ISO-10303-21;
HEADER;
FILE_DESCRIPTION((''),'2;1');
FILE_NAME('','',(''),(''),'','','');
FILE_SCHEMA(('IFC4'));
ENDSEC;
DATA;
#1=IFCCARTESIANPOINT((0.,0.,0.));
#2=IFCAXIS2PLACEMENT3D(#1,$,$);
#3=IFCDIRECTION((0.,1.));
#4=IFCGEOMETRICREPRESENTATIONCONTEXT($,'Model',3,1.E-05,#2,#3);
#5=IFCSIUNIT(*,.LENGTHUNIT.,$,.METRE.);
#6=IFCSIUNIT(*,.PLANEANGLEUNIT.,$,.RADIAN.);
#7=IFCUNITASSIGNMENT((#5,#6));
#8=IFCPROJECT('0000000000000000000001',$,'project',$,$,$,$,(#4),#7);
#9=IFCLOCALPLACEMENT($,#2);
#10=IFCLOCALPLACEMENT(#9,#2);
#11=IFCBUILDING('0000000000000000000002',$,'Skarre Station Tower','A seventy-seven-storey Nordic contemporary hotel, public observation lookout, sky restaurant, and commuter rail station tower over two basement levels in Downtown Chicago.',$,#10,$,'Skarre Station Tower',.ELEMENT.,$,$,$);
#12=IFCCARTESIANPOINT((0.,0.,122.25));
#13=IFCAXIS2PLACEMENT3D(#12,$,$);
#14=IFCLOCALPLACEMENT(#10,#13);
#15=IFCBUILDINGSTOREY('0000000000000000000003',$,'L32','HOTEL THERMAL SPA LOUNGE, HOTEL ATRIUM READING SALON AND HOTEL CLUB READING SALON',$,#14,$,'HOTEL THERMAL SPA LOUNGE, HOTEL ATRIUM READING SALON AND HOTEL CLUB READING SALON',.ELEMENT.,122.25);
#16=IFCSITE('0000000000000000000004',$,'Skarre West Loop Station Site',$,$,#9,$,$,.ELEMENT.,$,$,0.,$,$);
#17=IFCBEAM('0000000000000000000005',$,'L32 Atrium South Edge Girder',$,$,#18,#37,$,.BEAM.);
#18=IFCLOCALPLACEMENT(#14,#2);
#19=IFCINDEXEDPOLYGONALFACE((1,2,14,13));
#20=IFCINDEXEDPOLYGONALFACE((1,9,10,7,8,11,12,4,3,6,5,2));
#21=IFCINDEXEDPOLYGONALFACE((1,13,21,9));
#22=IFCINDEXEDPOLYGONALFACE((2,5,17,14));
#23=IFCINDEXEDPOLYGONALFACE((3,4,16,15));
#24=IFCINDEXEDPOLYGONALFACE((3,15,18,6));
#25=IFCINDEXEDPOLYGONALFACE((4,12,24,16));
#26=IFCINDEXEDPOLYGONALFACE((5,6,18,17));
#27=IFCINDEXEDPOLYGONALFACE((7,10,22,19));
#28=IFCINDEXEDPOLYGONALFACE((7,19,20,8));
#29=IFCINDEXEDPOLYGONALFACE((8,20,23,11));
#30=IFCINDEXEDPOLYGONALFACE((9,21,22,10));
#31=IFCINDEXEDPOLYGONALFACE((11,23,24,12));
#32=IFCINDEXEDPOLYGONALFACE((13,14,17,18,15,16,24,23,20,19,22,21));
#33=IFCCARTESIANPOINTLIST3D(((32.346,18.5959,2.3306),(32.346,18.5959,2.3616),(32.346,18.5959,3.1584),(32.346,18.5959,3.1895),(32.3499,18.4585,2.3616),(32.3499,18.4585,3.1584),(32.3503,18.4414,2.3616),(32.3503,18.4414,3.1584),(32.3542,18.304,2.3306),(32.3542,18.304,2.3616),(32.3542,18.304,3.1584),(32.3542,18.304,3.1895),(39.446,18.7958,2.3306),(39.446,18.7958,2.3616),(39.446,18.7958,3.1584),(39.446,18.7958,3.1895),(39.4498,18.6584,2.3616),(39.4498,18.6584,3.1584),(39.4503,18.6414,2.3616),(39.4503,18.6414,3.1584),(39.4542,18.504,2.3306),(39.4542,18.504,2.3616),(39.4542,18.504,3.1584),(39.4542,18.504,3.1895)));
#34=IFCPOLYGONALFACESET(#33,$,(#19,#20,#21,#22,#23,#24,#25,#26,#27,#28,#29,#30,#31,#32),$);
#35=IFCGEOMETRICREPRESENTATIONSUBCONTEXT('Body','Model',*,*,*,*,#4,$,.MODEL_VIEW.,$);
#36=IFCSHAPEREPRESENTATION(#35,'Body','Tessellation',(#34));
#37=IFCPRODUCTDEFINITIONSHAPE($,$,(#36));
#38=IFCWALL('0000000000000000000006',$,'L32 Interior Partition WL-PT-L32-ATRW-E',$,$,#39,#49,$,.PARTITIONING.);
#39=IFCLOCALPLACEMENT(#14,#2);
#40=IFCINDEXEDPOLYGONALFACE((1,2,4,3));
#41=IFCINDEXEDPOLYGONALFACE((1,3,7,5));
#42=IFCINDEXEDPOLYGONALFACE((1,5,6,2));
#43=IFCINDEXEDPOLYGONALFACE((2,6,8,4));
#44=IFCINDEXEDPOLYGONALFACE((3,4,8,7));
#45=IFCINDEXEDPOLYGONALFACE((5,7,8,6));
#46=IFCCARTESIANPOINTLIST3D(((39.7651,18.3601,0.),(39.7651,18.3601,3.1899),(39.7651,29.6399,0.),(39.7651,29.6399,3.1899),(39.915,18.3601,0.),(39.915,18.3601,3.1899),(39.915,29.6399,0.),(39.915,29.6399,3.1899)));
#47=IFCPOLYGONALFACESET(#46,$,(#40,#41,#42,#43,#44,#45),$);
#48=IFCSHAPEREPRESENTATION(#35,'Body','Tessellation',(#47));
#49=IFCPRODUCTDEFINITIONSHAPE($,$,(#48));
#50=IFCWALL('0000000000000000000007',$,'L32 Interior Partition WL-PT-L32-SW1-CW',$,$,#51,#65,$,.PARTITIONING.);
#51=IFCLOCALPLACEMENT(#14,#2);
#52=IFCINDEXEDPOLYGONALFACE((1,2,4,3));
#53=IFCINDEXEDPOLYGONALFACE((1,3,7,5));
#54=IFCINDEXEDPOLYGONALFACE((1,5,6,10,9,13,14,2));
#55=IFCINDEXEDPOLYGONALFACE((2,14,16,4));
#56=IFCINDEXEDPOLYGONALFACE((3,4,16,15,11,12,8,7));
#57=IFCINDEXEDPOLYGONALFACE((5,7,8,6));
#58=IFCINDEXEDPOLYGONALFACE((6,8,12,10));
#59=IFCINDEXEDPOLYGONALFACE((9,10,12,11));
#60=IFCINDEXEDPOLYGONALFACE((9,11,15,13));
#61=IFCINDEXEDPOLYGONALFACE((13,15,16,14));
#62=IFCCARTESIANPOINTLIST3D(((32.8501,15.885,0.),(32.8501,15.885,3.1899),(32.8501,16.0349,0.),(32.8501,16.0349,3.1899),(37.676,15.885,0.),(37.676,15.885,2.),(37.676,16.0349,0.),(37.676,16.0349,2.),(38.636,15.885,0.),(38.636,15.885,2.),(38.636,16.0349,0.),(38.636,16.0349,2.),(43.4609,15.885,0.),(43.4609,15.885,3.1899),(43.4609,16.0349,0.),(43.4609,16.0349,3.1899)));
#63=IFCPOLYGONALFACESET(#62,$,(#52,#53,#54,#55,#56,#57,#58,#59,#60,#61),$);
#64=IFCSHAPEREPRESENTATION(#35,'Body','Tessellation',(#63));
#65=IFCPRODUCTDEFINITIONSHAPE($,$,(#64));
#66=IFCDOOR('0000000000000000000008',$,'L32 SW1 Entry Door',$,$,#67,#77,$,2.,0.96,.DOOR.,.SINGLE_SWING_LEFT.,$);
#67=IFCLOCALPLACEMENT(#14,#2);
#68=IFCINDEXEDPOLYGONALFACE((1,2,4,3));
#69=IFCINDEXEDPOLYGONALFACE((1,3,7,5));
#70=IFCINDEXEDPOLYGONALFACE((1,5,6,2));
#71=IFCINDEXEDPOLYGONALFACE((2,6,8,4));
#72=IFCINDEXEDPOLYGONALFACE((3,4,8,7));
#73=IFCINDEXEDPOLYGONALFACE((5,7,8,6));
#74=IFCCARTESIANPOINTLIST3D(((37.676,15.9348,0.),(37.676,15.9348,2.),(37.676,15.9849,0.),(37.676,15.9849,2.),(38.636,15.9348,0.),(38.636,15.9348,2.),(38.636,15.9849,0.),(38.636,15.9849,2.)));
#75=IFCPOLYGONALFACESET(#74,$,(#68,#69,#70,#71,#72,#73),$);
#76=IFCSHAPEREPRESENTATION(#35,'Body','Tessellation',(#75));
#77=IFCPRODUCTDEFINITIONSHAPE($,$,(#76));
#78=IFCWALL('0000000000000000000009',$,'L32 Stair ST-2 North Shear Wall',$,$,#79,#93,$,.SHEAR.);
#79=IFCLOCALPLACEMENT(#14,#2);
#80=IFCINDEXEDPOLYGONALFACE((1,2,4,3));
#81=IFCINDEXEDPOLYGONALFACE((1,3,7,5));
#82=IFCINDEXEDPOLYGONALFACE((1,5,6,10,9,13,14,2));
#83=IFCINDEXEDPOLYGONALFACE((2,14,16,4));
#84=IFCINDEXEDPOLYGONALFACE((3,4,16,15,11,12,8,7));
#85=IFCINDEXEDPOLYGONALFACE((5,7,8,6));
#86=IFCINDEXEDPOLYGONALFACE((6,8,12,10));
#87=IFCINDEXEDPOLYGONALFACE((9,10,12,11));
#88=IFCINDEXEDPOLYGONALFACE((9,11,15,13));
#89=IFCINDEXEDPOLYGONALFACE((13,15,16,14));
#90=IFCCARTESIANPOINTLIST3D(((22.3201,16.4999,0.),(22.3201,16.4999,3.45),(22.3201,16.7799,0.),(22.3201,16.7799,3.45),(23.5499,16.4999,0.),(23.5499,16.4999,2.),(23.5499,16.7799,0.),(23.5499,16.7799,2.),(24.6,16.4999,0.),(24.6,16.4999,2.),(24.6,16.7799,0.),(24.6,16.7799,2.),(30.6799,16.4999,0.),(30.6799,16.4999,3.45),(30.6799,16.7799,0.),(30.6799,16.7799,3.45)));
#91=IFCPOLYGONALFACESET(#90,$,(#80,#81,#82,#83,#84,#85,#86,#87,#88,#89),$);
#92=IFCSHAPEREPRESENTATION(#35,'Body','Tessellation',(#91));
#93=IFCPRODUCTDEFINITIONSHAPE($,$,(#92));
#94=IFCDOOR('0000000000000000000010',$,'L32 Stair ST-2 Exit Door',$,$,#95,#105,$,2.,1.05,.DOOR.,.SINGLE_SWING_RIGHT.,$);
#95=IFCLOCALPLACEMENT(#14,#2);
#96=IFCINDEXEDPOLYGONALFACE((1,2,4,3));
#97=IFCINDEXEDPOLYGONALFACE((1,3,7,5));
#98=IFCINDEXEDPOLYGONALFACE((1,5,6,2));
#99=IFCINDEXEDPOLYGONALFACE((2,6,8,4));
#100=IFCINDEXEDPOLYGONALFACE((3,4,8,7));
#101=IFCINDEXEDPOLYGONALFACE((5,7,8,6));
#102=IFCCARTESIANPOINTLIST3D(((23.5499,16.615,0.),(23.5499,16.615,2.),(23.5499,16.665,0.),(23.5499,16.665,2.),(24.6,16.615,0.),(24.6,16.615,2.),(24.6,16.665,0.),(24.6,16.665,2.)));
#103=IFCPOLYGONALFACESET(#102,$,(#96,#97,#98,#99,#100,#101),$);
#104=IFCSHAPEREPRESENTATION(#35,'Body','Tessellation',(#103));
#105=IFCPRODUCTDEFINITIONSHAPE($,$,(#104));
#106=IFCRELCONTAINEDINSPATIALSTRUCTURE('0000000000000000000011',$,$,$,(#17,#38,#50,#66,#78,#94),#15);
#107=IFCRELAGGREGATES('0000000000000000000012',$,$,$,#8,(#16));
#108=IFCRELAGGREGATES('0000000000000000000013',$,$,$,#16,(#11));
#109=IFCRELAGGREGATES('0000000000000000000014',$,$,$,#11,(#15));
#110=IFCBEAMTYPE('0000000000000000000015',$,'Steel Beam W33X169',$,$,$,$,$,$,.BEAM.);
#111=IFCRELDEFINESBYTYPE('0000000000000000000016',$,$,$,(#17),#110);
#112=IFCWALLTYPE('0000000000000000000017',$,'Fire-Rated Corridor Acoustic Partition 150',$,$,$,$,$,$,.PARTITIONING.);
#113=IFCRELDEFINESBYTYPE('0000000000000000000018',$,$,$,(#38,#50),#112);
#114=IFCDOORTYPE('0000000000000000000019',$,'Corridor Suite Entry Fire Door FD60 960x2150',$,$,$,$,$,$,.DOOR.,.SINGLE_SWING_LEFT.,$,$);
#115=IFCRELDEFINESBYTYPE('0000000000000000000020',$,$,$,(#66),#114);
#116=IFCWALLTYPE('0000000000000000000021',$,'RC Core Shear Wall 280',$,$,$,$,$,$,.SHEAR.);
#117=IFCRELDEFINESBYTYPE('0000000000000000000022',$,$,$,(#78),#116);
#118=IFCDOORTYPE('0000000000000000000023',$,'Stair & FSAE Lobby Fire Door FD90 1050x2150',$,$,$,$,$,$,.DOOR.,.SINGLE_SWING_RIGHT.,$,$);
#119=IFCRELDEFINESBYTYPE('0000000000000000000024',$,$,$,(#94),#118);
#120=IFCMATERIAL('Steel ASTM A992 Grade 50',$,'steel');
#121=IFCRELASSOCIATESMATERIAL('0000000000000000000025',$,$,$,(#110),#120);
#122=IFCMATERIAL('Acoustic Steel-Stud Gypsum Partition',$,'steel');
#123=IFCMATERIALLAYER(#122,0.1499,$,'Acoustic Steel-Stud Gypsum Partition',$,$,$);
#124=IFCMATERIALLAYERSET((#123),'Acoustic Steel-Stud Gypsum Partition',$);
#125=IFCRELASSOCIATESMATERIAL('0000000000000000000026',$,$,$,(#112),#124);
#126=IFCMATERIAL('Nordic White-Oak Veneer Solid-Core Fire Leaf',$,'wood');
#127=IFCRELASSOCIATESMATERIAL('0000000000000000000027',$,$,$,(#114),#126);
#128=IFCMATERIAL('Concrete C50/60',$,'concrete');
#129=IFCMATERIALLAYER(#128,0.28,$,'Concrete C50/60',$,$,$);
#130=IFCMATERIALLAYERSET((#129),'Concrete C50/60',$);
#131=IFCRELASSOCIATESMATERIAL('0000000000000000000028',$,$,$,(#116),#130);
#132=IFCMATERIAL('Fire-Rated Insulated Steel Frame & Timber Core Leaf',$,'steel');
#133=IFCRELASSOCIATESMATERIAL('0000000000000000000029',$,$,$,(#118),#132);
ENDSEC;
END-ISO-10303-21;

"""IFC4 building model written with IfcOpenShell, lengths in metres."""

from ifc_helpers import new_model, si_unit, direction, frame, frame_2d, origin, origin_2d, place, context, subcontext, project, spatial, rectangle, i_section, extrude, material, layer, layer_set, material_profile, profile_set, type_object, element, fill, save


model = new_model("IFC4")

# Units and contexts
model_context = context("Model", 3, precision=1e-05, world=origin(), true_north=direction((0.0, 1.0)))
body_context = subcontext(model_context, "Body", "Model", "MODEL_VIEW")
ifc_project = project(units=[si_unit("LENGTHUNIT", "METRE"), si_unit("PLANEANGLEUNIT", "RADIAN")], contexts=[model_context])

# Site, building, storey
site_placement = place(None, origin())
site = spatial("IfcSite", under=ifc_project, at=site_placement, Name="Skarre West Loop Station Site", CompositionType="ELEMENT", RefElevation=0.0)
building_placement = place(site_placement, origin())
building = spatial("IfcBuilding", under=site, at=building_placement, Name="Skarre Station Tower", Description="A seventy-seven-storey Nordic contemporary hotel, public observation lookout, sky restaurant, and commuter rail station tower over two basement levels in Downtown Chicago.", LongName="Skarre Station Tower", CompositionType="ELEMENT")
storey_placement = place(building_placement, frame((0.0, 0.0, 122.25)))
storey = spatial("IfcBuildingStorey", under=building, at=storey_placement, Name="L32", Description="HOTEL THERMAL SPA LOUNGE, HOTEL ATRIUM READING SALON AND HOTEL CLUB READING SALON", LongName="HOTEL THERMAL SPA LOUNGE, HOTEL ATRIUM READING SALON AND HOTEL CLUB READING SALON", CompositionType="ELEMENT", Elevation=122.25)

# Beam
ifc_material_1 = material(Name="Steel ASTM A992 Grade 50", Category="steel")
ifc_material_profile_1 = material_profile(ifc_material_1, i_section(OverallWidth=0.292, OverallDepth=0.8589, WebThickness=0.0171, FlangeThickness=0.031, at=origin_2d()), Name="Steel ASTM A992 Grade 50")
ifc_profile_set_1 = profile_set([ifc_material_profile_1], Name="Steel ASTM A992 Grade 50")
beam_type_1 = type_object("IfcBeamType", Name="Steel Beam W33X169", PredefinedType="BEAM", material=ifc_profile_set_1)
beam_1_placement = place(storey_placement, frame((32.3501, 18.45, 2.76), z_axis=(0.999604, 0.028152, 0.0), x_axis=(-0.028152, 0.999604, 0.0)))
element("IfcBeam", 1, at=beam_1_placement, inside=storey, type_object=beam_type_1, Name="L32 Atrium South Edge Girder", PredefinedType="BEAM", context=body_context, shape_type="SweptSolid", body=[
    extrude(i_section(OverallWidth=0.292, OverallDepth=0.8589, WebThickness=0.0171, FlangeThickness=0.031, at=origin_2d()), origin(), (0.0, 0.0, 1.0), 7.1028),
])

# Wall
ifc_material_2 = material(Name="Acoustic Steel-Stud Gypsum Partition", Category="steel")
ifc_layer_1 = layer(ifc_material_2, 0.1499, Name="Acoustic Steel-Stud Gypsum Partition")
ifc_layer_set_1 = layer_set([ifc_layer_1], Name="Acoustic Steel-Stud Gypsum Partition")
wall_type_1 = type_object("IfcWallType", Name="Fire-Rated Corridor Acoustic Partition 150", PredefinedType="PARTITIONING", material=ifc_layer_set_1)
wall_1_placement = place(storey_placement, frame((39.8401, 18.3601, 0.0), z_axis=(0.0, 0.0, 1.0), x_axis=(0.0, 1.0, 0.0)))
element("IfcWall", 2, at=wall_1_placement, inside=storey, type_object=wall_type_1, Name="L32 Interior Partition WL-PT-L32-ATRW-E", PredefinedType="PARTITIONING", context=body_context, shape_type="SweptSolid", body=[
    extrude(rectangle(XDim=11.2798, YDim=0.1499, at=frame_2d((5.6399, 0.0))), origin(), (0.0, 0.0, 1.0), 3.1899),
])

# Walls, openings, doors
wall_2_placement = place(storey_placement, frame((32.8501, 15.96, 0.0), z_axis=(0.0, 0.0, 1.0), x_axis=(1.0, 0.0, 0.0)))
wall_2 = element("IfcWall", 3, at=wall_2_placement, inside=storey, type_object=wall_type_1, Name="L32 Interior Partition WL-PT-L32-SW1-CW", PredefinedType="PARTITIONING", context=body_context, shape_type="SweptSolid", body=[
    extrude(rectangle(XDim=10.6108, YDim=0.1499, at=frame_2d((5.3054, 0.0))), origin(), (0.0, 0.0, 1.0), 3.1899),
])
opening_1_placement = place(wall_2_placement, frame((4.8259, 0.0, 0.0)))
opening_1 = element("IfcOpeningElement", 4, at=opening_1_placement, cuts=wall_2, PredefinedType="OPENING", context=body_context, shape_type="SweptSolid", body=[
    extrude(rectangle(XDim=0.96, YDim=2.0, at=frame_2d((0.48, 1.0))), frame((0.0, 0.085, 0.0), z_axis=(0.0, -1.0, 0.0), x_axis=(1.0, 0.0, 0.0)), (0.0, 0.0, 1.0), 0.1699),
])
ifc_material_3 = material(Name="Nordic White-Oak Veneer Solid-Core Fire Leaf", Category="wood")
door_type_1 = type_object("IfcDoorType", Name="Corridor Suite Entry Fire Door FD60 960x2150", OperationType="SINGLE_SWING_LEFT", PredefinedType="DOOR", material=ifc_material_3)
door_1_placement = place(opening_1_placement, origin())
door_1 = element("IfcDoor", 5, at=door_1_placement, inside=storey, type_object=door_type_1, Name="L32 SW1 Entry Door", OperationType="SINGLE_SWING_LEFT", OverallHeight=2.0, OverallWidth=0.96, PredefinedType="DOOR", context=body_context, shape_type="SweptSolid", body=[
    extrude(rectangle(XDim=0.96, YDim=2.0, at=frame_2d((0.48, 1.0))), frame((0.0, 0.0249, 0.0), z_axis=(0.0, -1.0, 0.0), x_axis=(1.0, 0.0, 0.0)), (0.0, 0.0, 1.0), 0.05),
])
fill(opening_1, door_1)
ifc_material_4 = material(Name="Concrete C50/60", Category="concrete")
ifc_layer_2 = layer(ifc_material_4, 0.28, Name="Concrete C50/60")
ifc_layer_set_2 = layer_set([ifc_layer_2], Name="Concrete C50/60")
wall_type_2 = type_object("IfcWallType", Name="RC Core Shear Wall 280", PredefinedType="SHEAR", material=ifc_layer_set_2)
wall_3_placement = place(storey_placement, frame((30.6799, 16.6399, 0.0), z_axis=(0.0, 0.0, 1.0), x_axis=(-1.0, 0.0, 0.0)))
wall_3 = element("IfcWall", 6, at=wall_3_placement, inside=storey, type_object=wall_type_2, Name="L32 Stair ST-2 North Shear Wall", PredefinedType="SHEAR", context=body_context, shape_type="SweptSolid", body=[
    extrude(rectangle(XDim=8.3599, YDim=0.28, at=frame_2d((4.1799, 0.0))), origin(), (0.0, 0.0, 1.0), 3.45),
])
opening_2_placement = place(wall_3_placement, frame((6.0801, 0.0, 0.0)))
opening_2 = element("IfcOpeningElement", 7, at=opening_2_placement, cuts=wall_3, PredefinedType="OPENING", context=body_context, shape_type="SweptSolid", body=[
    extrude(rectangle(XDim=1.05, YDim=2.0, at=frame_2d((0.5249, 1.0))), frame((0.0, 0.1499, 0.0), z_axis=(0.0, -1.0, 0.0), x_axis=(1.0, 0.0, 0.0)), (0.0, 0.0, 1.0), 0.3),
])
ifc_material_5 = material(Name="Fire-Rated Insulated Steel Frame & Timber Core Leaf", Category="steel")
door_type_2 = type_object("IfcDoorType", Name="Stair & FSAE Lobby Fire Door FD90 1050x2150", OperationType="SINGLE_SWING_RIGHT", PredefinedType="DOOR", material=ifc_material_5)
door_2_placement = place(opening_2_placement, origin())
door_2 = element("IfcDoor", 8, at=door_2_placement, inside=storey, type_object=door_type_2, Name="L32 Stair ST-2 Exit Door", OperationType="SINGLE_SWING_RIGHT", OverallHeight=2.0, OverallWidth=1.05, PredefinedType="DOOR", context=body_context, shape_type="SweptSolid", body=[
    extrude(rectangle(XDim=1.05, YDim=2.0, at=frame_2d((0.5249, 1.0))), frame((0.0, 0.0249, 0.0), z_axis=(0.0, -1.0, 0.0), x_axis=(1.0, 0.0, 0.0)), (0.0, 0.0, 1.0), 0.05),
])
fill(opening_2, door_2)

save(model, "model.ifc")
